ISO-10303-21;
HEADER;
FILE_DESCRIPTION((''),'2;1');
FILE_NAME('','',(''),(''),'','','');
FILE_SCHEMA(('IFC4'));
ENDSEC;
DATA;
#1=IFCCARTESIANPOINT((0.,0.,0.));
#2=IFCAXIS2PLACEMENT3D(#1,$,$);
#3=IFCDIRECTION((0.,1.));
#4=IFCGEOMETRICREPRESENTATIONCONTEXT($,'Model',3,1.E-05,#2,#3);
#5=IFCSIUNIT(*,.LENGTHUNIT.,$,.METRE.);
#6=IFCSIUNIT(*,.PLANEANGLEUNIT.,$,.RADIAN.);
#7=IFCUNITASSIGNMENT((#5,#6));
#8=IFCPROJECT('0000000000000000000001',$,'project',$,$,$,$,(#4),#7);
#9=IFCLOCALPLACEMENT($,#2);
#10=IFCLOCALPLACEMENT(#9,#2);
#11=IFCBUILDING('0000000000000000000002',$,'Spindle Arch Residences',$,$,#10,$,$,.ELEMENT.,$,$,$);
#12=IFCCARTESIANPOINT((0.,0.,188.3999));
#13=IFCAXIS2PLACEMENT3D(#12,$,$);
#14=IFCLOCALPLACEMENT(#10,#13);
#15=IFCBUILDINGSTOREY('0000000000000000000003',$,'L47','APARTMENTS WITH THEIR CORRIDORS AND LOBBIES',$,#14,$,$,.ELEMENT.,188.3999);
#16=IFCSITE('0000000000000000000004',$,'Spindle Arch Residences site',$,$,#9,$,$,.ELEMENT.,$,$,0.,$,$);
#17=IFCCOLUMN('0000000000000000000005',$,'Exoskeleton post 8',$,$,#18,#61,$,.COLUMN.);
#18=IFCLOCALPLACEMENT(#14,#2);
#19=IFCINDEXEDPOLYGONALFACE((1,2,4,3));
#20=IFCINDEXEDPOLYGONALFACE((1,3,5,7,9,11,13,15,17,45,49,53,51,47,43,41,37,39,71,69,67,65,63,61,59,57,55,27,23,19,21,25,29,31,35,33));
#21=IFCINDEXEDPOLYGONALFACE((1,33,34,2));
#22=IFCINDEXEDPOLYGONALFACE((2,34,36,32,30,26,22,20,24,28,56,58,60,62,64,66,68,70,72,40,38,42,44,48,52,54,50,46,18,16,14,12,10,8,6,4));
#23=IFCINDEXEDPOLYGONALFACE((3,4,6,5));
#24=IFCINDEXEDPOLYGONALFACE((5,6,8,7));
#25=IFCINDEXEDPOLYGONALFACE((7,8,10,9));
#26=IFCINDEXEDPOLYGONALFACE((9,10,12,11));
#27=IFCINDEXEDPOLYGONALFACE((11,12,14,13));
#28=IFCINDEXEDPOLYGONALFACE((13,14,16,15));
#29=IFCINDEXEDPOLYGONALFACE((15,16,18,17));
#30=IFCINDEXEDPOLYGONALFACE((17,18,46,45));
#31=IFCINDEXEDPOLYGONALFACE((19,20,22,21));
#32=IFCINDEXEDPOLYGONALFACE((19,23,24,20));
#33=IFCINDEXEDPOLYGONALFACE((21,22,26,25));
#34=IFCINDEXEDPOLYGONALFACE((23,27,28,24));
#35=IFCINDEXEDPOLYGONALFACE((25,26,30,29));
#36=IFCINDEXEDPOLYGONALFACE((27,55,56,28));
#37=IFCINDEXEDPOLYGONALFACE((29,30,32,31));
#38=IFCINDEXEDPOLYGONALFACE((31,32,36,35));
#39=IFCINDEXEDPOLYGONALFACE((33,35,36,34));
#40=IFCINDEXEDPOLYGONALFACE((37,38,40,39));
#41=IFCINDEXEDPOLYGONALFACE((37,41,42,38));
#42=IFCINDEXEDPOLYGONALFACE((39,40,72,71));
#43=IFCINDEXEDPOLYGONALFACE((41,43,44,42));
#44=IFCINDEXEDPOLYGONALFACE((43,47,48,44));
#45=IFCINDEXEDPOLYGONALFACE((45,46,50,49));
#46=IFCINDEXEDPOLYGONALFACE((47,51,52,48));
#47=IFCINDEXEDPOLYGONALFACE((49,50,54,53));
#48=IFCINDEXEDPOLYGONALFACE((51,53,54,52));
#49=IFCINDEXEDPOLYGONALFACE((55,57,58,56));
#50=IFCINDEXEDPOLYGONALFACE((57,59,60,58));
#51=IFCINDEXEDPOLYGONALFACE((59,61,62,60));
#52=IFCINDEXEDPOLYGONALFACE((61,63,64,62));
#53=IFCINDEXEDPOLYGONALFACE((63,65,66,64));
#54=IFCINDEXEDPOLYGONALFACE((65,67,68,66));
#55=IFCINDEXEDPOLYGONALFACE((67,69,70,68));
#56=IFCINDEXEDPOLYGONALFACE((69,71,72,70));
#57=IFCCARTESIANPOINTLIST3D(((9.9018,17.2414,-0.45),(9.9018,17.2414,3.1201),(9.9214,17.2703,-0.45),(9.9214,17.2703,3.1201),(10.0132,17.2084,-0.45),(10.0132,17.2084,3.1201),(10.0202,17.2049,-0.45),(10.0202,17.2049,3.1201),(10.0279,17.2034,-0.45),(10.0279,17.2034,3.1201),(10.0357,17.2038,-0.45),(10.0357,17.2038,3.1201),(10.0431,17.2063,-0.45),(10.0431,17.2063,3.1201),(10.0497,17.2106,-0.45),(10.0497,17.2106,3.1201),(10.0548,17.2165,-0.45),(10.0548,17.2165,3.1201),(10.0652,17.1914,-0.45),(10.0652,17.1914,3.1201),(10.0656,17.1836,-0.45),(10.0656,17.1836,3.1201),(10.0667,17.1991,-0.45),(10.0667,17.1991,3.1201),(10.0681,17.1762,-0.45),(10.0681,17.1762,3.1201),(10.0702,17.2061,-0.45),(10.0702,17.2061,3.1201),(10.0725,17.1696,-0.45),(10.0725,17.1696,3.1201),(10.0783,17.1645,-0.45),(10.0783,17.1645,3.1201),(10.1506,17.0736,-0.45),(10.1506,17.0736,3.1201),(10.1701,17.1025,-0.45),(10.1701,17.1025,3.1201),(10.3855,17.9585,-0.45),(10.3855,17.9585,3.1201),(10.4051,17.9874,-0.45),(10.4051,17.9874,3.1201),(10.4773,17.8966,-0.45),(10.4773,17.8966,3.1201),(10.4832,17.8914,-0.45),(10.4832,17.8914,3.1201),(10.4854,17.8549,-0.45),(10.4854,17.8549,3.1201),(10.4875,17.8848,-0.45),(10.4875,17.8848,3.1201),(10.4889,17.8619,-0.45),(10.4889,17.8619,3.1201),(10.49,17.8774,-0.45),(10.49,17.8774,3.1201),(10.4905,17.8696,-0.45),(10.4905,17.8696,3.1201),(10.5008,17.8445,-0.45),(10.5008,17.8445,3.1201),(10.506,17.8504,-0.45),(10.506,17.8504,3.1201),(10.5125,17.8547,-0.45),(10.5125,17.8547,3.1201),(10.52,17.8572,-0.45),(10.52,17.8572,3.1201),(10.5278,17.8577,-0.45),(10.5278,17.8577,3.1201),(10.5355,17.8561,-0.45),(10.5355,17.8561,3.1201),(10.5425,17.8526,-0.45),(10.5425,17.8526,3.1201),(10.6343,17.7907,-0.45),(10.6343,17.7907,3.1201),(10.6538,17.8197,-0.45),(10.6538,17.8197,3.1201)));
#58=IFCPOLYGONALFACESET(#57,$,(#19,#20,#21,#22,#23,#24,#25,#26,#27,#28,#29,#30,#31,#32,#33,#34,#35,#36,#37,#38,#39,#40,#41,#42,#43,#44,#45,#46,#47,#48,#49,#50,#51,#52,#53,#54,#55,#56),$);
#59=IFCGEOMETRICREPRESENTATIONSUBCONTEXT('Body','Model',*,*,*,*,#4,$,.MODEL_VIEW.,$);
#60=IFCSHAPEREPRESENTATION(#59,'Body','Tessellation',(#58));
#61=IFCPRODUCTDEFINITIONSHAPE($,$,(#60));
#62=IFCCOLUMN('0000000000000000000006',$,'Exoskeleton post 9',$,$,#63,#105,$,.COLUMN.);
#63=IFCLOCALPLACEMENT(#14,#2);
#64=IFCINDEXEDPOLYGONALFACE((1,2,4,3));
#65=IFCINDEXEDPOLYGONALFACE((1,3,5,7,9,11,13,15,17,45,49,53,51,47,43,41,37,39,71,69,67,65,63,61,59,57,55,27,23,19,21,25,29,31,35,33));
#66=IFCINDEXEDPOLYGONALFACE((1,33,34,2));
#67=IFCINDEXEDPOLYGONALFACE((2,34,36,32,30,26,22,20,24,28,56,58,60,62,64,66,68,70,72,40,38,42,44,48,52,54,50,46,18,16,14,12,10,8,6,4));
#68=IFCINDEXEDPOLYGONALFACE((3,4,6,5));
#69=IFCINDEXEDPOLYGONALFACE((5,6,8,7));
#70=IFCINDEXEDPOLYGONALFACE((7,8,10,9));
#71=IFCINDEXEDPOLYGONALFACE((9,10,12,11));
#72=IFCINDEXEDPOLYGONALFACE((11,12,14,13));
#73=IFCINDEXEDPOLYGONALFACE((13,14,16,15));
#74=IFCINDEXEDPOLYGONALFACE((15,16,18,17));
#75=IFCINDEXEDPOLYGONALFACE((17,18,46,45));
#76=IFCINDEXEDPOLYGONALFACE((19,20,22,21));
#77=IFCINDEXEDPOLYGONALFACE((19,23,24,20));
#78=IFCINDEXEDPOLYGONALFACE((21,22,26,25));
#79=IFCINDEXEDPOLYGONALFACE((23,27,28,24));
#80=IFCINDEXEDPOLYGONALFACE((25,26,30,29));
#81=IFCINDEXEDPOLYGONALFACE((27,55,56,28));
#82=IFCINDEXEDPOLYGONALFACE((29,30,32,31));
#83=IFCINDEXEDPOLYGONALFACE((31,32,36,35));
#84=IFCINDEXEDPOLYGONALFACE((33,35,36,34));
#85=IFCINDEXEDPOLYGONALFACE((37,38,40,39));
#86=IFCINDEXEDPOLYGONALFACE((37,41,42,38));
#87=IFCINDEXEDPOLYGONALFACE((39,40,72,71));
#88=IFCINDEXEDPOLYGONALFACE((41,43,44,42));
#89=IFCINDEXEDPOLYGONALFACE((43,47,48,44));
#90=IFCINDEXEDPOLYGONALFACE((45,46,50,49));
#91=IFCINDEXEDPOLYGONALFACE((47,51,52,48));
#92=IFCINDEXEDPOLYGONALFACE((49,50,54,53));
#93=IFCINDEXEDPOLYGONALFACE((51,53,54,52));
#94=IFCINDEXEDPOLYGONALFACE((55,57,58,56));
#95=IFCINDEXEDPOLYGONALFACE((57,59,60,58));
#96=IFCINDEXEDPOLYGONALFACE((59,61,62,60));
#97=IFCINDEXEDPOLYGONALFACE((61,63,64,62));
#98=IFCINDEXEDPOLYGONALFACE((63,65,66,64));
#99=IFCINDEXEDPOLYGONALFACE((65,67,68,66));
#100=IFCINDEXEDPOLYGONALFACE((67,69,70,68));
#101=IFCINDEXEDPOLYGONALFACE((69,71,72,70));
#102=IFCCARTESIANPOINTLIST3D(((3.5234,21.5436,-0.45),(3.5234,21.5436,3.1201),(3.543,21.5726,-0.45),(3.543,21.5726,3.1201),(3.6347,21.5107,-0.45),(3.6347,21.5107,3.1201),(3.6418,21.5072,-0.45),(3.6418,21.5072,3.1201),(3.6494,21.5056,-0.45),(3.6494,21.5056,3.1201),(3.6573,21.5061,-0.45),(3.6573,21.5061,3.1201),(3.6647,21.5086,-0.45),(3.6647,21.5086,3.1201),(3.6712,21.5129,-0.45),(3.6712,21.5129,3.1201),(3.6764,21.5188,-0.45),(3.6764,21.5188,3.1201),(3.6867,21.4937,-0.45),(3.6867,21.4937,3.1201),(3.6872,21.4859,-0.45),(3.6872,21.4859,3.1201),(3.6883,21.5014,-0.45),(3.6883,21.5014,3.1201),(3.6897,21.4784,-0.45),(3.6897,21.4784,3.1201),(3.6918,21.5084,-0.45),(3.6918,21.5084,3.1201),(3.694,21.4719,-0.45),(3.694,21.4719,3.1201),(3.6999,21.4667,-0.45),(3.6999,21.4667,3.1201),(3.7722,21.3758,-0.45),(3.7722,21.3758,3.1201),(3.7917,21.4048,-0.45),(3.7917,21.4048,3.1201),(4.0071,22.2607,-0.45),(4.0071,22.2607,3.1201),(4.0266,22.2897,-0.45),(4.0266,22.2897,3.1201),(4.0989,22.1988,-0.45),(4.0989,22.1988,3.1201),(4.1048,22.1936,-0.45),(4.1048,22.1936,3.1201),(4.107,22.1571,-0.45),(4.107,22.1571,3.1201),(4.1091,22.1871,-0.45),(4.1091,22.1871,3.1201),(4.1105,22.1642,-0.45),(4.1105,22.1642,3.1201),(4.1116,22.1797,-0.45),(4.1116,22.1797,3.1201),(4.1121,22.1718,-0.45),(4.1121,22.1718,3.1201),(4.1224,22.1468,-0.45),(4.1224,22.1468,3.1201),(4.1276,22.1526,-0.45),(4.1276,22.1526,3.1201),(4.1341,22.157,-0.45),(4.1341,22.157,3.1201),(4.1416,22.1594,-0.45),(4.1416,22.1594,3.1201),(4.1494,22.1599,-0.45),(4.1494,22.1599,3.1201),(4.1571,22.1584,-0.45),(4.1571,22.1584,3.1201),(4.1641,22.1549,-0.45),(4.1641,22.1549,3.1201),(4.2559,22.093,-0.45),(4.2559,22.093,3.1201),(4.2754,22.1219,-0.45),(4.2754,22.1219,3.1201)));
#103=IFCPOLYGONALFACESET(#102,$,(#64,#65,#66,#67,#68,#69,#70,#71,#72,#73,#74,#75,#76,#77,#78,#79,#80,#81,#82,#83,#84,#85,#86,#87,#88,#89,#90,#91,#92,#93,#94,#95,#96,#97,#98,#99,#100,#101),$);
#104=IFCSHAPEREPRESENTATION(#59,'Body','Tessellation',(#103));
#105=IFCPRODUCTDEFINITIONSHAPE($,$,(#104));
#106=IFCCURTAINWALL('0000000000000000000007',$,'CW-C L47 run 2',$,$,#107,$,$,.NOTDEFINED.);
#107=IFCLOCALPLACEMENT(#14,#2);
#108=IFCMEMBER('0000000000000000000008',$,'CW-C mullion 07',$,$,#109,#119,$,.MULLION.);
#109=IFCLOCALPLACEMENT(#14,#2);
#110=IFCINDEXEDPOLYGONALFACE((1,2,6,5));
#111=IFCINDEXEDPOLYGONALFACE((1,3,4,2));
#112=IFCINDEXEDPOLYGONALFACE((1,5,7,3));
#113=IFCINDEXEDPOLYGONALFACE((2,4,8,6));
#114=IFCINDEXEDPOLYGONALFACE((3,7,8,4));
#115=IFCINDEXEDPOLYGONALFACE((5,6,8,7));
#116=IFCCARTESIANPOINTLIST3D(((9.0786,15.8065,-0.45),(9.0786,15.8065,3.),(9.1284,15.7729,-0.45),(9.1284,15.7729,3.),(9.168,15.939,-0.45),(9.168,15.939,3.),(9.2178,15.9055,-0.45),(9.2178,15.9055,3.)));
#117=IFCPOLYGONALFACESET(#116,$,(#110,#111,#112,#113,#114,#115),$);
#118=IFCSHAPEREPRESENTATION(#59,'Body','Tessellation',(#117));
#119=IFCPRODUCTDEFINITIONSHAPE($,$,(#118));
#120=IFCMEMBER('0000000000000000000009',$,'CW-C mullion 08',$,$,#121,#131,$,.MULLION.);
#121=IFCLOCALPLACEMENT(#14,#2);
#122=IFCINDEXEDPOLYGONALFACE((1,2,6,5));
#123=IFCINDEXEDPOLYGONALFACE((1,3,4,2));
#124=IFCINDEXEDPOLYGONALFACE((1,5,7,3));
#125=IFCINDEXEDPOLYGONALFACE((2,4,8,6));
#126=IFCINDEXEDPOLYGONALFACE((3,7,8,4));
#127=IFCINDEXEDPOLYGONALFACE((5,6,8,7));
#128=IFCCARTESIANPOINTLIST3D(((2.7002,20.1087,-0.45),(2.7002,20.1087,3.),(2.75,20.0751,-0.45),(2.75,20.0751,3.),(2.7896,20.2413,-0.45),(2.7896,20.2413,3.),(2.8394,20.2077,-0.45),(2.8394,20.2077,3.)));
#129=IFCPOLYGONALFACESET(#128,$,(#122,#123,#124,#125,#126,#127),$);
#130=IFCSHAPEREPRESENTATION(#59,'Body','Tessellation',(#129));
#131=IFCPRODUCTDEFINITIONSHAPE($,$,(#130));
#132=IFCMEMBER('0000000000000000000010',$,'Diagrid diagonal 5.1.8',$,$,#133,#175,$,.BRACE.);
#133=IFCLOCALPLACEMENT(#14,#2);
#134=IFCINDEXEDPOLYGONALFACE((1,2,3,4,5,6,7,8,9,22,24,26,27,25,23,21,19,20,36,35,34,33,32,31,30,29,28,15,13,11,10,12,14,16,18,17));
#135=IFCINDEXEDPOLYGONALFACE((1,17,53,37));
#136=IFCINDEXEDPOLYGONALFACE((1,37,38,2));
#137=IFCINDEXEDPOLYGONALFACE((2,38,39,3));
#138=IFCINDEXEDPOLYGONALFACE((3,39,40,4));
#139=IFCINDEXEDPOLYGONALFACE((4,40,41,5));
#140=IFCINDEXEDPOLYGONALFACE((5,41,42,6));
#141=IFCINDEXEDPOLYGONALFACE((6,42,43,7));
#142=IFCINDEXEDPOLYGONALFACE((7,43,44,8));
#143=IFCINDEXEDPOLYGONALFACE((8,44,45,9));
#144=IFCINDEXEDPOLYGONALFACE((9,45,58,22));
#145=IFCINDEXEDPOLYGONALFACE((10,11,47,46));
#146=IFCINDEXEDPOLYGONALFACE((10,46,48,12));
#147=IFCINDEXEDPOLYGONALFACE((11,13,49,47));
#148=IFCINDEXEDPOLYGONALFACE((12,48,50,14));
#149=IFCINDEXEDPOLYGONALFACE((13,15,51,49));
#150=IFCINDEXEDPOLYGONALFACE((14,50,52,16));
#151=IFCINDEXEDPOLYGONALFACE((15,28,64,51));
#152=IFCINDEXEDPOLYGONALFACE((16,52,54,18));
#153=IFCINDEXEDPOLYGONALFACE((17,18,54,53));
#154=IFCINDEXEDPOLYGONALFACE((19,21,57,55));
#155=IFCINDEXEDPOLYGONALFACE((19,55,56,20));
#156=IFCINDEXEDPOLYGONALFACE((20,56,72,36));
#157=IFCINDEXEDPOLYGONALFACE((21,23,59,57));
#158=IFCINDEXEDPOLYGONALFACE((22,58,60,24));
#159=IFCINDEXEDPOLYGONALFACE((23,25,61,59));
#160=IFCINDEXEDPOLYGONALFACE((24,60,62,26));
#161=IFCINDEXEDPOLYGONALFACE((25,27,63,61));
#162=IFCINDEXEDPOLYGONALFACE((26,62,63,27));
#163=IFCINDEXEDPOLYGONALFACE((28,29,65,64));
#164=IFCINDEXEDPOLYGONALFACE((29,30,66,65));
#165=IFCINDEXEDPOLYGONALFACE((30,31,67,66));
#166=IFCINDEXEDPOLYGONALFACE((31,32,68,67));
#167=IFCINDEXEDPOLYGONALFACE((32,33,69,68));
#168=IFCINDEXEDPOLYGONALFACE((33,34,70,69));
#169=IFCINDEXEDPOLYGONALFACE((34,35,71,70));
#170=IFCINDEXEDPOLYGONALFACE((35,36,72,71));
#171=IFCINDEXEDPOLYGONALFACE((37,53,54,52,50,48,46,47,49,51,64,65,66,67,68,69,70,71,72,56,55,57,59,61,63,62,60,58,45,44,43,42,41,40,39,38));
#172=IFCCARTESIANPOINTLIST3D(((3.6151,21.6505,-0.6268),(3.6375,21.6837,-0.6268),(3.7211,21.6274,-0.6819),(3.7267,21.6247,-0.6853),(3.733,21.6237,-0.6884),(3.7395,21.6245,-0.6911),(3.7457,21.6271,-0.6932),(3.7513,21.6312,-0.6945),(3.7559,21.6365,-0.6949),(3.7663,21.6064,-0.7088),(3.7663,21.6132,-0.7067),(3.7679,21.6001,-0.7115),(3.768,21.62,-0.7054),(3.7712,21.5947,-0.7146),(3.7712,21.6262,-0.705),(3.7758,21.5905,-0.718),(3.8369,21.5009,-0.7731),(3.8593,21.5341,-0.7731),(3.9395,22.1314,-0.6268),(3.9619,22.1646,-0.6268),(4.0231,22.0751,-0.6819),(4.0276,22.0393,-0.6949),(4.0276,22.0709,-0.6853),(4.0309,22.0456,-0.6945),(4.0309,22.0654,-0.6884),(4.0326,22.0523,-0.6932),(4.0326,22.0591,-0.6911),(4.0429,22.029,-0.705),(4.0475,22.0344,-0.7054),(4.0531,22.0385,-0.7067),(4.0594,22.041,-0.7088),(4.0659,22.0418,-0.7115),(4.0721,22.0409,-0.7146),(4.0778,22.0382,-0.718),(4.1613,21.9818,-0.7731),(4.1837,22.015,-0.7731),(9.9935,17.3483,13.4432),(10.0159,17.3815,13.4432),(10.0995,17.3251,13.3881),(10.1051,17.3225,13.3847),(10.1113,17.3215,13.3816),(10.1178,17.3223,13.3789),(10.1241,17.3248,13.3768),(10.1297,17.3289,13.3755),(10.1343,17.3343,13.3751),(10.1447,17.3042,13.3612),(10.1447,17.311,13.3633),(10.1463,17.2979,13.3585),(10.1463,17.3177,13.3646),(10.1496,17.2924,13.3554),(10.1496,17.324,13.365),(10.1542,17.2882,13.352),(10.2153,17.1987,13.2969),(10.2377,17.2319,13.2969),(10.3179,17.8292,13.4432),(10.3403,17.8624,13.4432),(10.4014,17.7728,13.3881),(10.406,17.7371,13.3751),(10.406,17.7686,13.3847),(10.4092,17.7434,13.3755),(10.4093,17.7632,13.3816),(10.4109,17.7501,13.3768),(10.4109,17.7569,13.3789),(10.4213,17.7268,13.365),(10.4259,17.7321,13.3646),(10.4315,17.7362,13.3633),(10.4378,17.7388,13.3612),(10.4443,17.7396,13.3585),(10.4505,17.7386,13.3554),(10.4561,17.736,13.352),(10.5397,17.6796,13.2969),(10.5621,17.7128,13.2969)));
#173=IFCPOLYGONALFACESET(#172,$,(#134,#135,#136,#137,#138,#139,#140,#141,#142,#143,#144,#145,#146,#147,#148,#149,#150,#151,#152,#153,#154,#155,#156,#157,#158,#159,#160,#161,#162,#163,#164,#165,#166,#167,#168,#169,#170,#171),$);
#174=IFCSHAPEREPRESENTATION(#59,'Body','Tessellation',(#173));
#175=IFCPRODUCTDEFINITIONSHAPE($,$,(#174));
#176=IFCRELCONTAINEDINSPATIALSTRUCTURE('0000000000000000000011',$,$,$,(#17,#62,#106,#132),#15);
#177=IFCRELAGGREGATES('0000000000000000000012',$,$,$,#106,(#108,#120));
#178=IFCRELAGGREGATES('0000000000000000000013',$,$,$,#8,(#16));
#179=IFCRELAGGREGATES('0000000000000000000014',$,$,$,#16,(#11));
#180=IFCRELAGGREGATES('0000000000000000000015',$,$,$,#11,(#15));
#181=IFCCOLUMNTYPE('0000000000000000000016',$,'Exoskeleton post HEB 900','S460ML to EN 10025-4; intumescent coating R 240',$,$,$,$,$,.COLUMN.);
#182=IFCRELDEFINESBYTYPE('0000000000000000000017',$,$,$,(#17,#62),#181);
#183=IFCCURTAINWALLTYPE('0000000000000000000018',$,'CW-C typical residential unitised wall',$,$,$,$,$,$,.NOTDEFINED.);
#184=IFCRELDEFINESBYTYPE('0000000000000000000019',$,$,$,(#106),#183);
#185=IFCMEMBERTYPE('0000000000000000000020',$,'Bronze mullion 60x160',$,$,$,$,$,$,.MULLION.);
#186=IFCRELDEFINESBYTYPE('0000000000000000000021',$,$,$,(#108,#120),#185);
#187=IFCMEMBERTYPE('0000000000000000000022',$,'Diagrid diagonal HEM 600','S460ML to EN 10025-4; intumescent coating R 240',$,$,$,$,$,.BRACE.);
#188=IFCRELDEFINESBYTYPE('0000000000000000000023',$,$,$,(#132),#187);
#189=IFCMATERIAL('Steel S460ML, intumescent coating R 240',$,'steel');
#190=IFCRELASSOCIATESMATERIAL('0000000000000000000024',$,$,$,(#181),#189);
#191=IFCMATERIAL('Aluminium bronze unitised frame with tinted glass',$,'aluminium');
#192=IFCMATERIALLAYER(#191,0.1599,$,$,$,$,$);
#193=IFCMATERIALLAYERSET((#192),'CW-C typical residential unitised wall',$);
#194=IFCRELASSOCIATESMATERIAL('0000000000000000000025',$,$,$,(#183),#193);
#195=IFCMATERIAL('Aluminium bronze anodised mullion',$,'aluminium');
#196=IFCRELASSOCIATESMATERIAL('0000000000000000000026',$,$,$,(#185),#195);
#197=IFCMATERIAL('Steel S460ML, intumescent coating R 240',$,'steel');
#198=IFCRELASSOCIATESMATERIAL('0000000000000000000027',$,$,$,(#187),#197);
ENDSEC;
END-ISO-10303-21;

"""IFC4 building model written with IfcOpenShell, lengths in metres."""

from ifc_helpers import new_model, si_unit, direction, frame, origin, origin_2d, place, context, subcontext, project, spatial, rectangle, i_section, extrude, material, layer, layer_set, material_profile, profile_set, type_object, element, aggregate, save


model = new_model("IFC4")

# Units and contexts
model_context = context("Model", 3, precision=1e-05, world=origin(), true_north=direction((0.0, 1.0)))
body_context = subcontext(model_context, "Body", "Model", "MODEL_VIEW")
ifc_project = project(units=[si_unit("LENGTHUNIT", "METRE"), si_unit("PLANEANGLEUNIT", "RADIAN")], contexts=[model_context])

# Site, building, storey
site_placement = place(None, origin())
site = spatial("IfcSite", under=ifc_project, at=site_placement, Name="Spindle Arch Residences site", CompositionType="ELEMENT", RefElevation=0.0)
building_placement = place(site_placement, origin())
building = spatial("IfcBuilding", under=site, at=building_placement, Name="Spindle Arch Residences", CompositionType="ELEMENT")
storey_placement = place(building_placement, frame((0.0, 0.0, 188.3999)))
storey = spatial("IfcBuildingStorey", under=building, at=storey_placement, Name="L47", Description="APARTMENTS WITH THEIR CORRIDORS AND LOBBIES", CompositionType="ELEMENT", Elevation=188.3999)

# Columns
ifc_material_1 = material(Name="Steel S460ML, intumescent coating R 240", Category="steel")
ifc_material_profile_1 = material_profile(ifc_material_1, i_section(OverallWidth=0.3, OverallDepth=0.8999, WebThickness=0.0186, FlangeThickness=0.0349, FilletRadius=0.03, at=origin_2d()), Name="HEB 900")
ifc_profile_set_1 = profile_set([ifc_material_profile_1], Name="Steel S460ML, intumescent coating R 240")
column_type = type_object("IfcColumnType", Name="Exoskeleton post HEB 900", Description="S460ML to EN 10025-4; intumescent coating R 240", PredefinedType="COLUMN", material=ifc_profile_set_1)
for number, where, z_axis, x_axis, name in (
    (1, (10.2778, 17.5305, -0.45), (0.0, 0.0, 1.0), (0.829038, -0.559193, 0.0), "Exoskeleton post 8"),
    (2, (3.8994, 21.8328, -0.45), (0.0, 0.0, 1.0), (0.829038, -0.559193, 0.0), "Exoskeleton post 9"),
):
    element("IfcColumn", number, at=place(storey_placement, frame(where, z_axis=z_axis, x_axis=x_axis)), inside=storey, type_object=column_type, Name=name, PredefinedType="COLUMN", context=body_context, shape_type="SweptSolid", body=[
        extrude(i_section(OverallWidth=0.3, OverallDepth=0.8999, WebThickness=0.0186, FlangeThickness=0.0349, FilletRadius=0.03, at=origin_2d()), origin(), (0.0, 0.0, 1.0), 3.5701),
    ])

# Curtain wall, members
ifc_material_2 = material(Name="Aluminium bronze unitised frame with tinted glass", Category="aluminium")
ifc_layer_1 = layer(ifc_material_2, 0.1599)
ifc_layer_set_1 = layer_set([ifc_layer_1], Name="CW-C typical residential unitised wall")
curtain_wall_type = type_object("IfcCurtainWallType", Name="CW-C typical residential unitised wall", PredefinedType="NOTDEFINED", material=ifc_layer_set_1)
curtain_wall_placement = place(storey_placement, origin())
curtain_wall = element("IfcCurtainWall", 3, at=curtain_wall_placement, inside=storey, type_object=curtain_wall_type, Name="CW-C L47 run 2", PredefinedType="NOTDEFINED")
ifc_material_3 = material(Name="Aluminium bronze anodised mullion", Category="aluminium")
ifc_material_profile_2 = material_profile(ifc_material_3, rectangle(XDim=0.1599, YDim=0.0601, at=origin_2d()), Name="MU 60x160")
ifc_profile_set_2 = profile_set([ifc_material_profile_2], Name="Aluminium bronze anodised mullion")
member_type_1 = type_object("IfcMemberType", Name="Bronze mullion 60x160", PredefinedType="MULLION", material=ifc_profile_set_2)
member_1_placement = place(storey_placement, frame((9.1482, 15.856, -0.45), z_axis=(0.0, 0.0, 1.0), x_axis=(-0.559193, -0.829038, 0.0)))
member_1 = element("IfcMember", 4, at=member_1_placement, type_object=member_type_1, Name="CW-C mullion 07", PredefinedType="MULLION", context=body_context, shape_type="SweptSolid", body=[
    extrude(rectangle(XDim=0.1599, YDim=0.0601, at=origin_2d()), origin(), (0.0, 0.0, 1.0), 3.45),
])
member_2_placement = place(storey_placement, frame((2.7698, 20.1582, -0.45), z_axis=(0.0, 0.0, 1.0), x_axis=(-0.559193, -0.829038, 0.0)))
member_2 = element("IfcMember", 5, at=member_2_placement, type_object=member_type_1, Name="CW-C mullion 08", PredefinedType="MULLION", context=body_context, shape_type="SweptSolid", body=[
    extrude(rectangle(XDim=0.1599, YDim=0.0601, at=origin_2d()), origin(), (0.0, 0.0, 1.0), 3.45),
])

# Member
ifc_material_4 = material(Name="Steel S460ML, intumescent coating R 240", Category="steel")
ifc_material_profile_3 = material_profile(ifc_material_4, i_section(OverallWidth=0.3049, OverallDepth=0.6201, WebThickness=0.021, FlangeThickness=0.04, FilletRadius=0.0271, at=origin_2d()), Name="HEM 600")
ifc_profile_set_3 = profile_set([ifc_material_profile_3], Name="Steel S460ML, intumescent coating R 240")
member_type_2 = type_object("IfcMemberType", Name="Diagrid diagonal HEM 600", Description="S460ML to EN 10025-4; intumescent coating R 240", PredefinedType="BRACE", material=ifc_profile_set_3)
for number, where, z_axis, x_axis, name in (
    (6, (3.8994, 21.8328, -0.7), (0.397751, -0.268283, 0.877393), (-0.727395, 0.490628, 0.479772), "Diagrid diagonal 5.1.8"),
):
    element("IfcMember", number, at=place(storey_placement, frame(where, z_axis=z_axis, x_axis=x_axis)), inside=storey, type_object=member_type_2, Name=name, PredefinedType="BRACE", context=body_context, shape_type="SweptSolid", body=[
        extrude(i_section(OverallWidth=0.3049, OverallDepth=0.6201, WebThickness=0.021, FlangeThickness=0.04, FilletRadius=0.0271, at=origin_2d()), origin(), (0.0, 0.0, 1.0), 16.0361),
    ])

aggregate(curtain_wall, [member_1, member_2])

save(model, "model.ifc")
